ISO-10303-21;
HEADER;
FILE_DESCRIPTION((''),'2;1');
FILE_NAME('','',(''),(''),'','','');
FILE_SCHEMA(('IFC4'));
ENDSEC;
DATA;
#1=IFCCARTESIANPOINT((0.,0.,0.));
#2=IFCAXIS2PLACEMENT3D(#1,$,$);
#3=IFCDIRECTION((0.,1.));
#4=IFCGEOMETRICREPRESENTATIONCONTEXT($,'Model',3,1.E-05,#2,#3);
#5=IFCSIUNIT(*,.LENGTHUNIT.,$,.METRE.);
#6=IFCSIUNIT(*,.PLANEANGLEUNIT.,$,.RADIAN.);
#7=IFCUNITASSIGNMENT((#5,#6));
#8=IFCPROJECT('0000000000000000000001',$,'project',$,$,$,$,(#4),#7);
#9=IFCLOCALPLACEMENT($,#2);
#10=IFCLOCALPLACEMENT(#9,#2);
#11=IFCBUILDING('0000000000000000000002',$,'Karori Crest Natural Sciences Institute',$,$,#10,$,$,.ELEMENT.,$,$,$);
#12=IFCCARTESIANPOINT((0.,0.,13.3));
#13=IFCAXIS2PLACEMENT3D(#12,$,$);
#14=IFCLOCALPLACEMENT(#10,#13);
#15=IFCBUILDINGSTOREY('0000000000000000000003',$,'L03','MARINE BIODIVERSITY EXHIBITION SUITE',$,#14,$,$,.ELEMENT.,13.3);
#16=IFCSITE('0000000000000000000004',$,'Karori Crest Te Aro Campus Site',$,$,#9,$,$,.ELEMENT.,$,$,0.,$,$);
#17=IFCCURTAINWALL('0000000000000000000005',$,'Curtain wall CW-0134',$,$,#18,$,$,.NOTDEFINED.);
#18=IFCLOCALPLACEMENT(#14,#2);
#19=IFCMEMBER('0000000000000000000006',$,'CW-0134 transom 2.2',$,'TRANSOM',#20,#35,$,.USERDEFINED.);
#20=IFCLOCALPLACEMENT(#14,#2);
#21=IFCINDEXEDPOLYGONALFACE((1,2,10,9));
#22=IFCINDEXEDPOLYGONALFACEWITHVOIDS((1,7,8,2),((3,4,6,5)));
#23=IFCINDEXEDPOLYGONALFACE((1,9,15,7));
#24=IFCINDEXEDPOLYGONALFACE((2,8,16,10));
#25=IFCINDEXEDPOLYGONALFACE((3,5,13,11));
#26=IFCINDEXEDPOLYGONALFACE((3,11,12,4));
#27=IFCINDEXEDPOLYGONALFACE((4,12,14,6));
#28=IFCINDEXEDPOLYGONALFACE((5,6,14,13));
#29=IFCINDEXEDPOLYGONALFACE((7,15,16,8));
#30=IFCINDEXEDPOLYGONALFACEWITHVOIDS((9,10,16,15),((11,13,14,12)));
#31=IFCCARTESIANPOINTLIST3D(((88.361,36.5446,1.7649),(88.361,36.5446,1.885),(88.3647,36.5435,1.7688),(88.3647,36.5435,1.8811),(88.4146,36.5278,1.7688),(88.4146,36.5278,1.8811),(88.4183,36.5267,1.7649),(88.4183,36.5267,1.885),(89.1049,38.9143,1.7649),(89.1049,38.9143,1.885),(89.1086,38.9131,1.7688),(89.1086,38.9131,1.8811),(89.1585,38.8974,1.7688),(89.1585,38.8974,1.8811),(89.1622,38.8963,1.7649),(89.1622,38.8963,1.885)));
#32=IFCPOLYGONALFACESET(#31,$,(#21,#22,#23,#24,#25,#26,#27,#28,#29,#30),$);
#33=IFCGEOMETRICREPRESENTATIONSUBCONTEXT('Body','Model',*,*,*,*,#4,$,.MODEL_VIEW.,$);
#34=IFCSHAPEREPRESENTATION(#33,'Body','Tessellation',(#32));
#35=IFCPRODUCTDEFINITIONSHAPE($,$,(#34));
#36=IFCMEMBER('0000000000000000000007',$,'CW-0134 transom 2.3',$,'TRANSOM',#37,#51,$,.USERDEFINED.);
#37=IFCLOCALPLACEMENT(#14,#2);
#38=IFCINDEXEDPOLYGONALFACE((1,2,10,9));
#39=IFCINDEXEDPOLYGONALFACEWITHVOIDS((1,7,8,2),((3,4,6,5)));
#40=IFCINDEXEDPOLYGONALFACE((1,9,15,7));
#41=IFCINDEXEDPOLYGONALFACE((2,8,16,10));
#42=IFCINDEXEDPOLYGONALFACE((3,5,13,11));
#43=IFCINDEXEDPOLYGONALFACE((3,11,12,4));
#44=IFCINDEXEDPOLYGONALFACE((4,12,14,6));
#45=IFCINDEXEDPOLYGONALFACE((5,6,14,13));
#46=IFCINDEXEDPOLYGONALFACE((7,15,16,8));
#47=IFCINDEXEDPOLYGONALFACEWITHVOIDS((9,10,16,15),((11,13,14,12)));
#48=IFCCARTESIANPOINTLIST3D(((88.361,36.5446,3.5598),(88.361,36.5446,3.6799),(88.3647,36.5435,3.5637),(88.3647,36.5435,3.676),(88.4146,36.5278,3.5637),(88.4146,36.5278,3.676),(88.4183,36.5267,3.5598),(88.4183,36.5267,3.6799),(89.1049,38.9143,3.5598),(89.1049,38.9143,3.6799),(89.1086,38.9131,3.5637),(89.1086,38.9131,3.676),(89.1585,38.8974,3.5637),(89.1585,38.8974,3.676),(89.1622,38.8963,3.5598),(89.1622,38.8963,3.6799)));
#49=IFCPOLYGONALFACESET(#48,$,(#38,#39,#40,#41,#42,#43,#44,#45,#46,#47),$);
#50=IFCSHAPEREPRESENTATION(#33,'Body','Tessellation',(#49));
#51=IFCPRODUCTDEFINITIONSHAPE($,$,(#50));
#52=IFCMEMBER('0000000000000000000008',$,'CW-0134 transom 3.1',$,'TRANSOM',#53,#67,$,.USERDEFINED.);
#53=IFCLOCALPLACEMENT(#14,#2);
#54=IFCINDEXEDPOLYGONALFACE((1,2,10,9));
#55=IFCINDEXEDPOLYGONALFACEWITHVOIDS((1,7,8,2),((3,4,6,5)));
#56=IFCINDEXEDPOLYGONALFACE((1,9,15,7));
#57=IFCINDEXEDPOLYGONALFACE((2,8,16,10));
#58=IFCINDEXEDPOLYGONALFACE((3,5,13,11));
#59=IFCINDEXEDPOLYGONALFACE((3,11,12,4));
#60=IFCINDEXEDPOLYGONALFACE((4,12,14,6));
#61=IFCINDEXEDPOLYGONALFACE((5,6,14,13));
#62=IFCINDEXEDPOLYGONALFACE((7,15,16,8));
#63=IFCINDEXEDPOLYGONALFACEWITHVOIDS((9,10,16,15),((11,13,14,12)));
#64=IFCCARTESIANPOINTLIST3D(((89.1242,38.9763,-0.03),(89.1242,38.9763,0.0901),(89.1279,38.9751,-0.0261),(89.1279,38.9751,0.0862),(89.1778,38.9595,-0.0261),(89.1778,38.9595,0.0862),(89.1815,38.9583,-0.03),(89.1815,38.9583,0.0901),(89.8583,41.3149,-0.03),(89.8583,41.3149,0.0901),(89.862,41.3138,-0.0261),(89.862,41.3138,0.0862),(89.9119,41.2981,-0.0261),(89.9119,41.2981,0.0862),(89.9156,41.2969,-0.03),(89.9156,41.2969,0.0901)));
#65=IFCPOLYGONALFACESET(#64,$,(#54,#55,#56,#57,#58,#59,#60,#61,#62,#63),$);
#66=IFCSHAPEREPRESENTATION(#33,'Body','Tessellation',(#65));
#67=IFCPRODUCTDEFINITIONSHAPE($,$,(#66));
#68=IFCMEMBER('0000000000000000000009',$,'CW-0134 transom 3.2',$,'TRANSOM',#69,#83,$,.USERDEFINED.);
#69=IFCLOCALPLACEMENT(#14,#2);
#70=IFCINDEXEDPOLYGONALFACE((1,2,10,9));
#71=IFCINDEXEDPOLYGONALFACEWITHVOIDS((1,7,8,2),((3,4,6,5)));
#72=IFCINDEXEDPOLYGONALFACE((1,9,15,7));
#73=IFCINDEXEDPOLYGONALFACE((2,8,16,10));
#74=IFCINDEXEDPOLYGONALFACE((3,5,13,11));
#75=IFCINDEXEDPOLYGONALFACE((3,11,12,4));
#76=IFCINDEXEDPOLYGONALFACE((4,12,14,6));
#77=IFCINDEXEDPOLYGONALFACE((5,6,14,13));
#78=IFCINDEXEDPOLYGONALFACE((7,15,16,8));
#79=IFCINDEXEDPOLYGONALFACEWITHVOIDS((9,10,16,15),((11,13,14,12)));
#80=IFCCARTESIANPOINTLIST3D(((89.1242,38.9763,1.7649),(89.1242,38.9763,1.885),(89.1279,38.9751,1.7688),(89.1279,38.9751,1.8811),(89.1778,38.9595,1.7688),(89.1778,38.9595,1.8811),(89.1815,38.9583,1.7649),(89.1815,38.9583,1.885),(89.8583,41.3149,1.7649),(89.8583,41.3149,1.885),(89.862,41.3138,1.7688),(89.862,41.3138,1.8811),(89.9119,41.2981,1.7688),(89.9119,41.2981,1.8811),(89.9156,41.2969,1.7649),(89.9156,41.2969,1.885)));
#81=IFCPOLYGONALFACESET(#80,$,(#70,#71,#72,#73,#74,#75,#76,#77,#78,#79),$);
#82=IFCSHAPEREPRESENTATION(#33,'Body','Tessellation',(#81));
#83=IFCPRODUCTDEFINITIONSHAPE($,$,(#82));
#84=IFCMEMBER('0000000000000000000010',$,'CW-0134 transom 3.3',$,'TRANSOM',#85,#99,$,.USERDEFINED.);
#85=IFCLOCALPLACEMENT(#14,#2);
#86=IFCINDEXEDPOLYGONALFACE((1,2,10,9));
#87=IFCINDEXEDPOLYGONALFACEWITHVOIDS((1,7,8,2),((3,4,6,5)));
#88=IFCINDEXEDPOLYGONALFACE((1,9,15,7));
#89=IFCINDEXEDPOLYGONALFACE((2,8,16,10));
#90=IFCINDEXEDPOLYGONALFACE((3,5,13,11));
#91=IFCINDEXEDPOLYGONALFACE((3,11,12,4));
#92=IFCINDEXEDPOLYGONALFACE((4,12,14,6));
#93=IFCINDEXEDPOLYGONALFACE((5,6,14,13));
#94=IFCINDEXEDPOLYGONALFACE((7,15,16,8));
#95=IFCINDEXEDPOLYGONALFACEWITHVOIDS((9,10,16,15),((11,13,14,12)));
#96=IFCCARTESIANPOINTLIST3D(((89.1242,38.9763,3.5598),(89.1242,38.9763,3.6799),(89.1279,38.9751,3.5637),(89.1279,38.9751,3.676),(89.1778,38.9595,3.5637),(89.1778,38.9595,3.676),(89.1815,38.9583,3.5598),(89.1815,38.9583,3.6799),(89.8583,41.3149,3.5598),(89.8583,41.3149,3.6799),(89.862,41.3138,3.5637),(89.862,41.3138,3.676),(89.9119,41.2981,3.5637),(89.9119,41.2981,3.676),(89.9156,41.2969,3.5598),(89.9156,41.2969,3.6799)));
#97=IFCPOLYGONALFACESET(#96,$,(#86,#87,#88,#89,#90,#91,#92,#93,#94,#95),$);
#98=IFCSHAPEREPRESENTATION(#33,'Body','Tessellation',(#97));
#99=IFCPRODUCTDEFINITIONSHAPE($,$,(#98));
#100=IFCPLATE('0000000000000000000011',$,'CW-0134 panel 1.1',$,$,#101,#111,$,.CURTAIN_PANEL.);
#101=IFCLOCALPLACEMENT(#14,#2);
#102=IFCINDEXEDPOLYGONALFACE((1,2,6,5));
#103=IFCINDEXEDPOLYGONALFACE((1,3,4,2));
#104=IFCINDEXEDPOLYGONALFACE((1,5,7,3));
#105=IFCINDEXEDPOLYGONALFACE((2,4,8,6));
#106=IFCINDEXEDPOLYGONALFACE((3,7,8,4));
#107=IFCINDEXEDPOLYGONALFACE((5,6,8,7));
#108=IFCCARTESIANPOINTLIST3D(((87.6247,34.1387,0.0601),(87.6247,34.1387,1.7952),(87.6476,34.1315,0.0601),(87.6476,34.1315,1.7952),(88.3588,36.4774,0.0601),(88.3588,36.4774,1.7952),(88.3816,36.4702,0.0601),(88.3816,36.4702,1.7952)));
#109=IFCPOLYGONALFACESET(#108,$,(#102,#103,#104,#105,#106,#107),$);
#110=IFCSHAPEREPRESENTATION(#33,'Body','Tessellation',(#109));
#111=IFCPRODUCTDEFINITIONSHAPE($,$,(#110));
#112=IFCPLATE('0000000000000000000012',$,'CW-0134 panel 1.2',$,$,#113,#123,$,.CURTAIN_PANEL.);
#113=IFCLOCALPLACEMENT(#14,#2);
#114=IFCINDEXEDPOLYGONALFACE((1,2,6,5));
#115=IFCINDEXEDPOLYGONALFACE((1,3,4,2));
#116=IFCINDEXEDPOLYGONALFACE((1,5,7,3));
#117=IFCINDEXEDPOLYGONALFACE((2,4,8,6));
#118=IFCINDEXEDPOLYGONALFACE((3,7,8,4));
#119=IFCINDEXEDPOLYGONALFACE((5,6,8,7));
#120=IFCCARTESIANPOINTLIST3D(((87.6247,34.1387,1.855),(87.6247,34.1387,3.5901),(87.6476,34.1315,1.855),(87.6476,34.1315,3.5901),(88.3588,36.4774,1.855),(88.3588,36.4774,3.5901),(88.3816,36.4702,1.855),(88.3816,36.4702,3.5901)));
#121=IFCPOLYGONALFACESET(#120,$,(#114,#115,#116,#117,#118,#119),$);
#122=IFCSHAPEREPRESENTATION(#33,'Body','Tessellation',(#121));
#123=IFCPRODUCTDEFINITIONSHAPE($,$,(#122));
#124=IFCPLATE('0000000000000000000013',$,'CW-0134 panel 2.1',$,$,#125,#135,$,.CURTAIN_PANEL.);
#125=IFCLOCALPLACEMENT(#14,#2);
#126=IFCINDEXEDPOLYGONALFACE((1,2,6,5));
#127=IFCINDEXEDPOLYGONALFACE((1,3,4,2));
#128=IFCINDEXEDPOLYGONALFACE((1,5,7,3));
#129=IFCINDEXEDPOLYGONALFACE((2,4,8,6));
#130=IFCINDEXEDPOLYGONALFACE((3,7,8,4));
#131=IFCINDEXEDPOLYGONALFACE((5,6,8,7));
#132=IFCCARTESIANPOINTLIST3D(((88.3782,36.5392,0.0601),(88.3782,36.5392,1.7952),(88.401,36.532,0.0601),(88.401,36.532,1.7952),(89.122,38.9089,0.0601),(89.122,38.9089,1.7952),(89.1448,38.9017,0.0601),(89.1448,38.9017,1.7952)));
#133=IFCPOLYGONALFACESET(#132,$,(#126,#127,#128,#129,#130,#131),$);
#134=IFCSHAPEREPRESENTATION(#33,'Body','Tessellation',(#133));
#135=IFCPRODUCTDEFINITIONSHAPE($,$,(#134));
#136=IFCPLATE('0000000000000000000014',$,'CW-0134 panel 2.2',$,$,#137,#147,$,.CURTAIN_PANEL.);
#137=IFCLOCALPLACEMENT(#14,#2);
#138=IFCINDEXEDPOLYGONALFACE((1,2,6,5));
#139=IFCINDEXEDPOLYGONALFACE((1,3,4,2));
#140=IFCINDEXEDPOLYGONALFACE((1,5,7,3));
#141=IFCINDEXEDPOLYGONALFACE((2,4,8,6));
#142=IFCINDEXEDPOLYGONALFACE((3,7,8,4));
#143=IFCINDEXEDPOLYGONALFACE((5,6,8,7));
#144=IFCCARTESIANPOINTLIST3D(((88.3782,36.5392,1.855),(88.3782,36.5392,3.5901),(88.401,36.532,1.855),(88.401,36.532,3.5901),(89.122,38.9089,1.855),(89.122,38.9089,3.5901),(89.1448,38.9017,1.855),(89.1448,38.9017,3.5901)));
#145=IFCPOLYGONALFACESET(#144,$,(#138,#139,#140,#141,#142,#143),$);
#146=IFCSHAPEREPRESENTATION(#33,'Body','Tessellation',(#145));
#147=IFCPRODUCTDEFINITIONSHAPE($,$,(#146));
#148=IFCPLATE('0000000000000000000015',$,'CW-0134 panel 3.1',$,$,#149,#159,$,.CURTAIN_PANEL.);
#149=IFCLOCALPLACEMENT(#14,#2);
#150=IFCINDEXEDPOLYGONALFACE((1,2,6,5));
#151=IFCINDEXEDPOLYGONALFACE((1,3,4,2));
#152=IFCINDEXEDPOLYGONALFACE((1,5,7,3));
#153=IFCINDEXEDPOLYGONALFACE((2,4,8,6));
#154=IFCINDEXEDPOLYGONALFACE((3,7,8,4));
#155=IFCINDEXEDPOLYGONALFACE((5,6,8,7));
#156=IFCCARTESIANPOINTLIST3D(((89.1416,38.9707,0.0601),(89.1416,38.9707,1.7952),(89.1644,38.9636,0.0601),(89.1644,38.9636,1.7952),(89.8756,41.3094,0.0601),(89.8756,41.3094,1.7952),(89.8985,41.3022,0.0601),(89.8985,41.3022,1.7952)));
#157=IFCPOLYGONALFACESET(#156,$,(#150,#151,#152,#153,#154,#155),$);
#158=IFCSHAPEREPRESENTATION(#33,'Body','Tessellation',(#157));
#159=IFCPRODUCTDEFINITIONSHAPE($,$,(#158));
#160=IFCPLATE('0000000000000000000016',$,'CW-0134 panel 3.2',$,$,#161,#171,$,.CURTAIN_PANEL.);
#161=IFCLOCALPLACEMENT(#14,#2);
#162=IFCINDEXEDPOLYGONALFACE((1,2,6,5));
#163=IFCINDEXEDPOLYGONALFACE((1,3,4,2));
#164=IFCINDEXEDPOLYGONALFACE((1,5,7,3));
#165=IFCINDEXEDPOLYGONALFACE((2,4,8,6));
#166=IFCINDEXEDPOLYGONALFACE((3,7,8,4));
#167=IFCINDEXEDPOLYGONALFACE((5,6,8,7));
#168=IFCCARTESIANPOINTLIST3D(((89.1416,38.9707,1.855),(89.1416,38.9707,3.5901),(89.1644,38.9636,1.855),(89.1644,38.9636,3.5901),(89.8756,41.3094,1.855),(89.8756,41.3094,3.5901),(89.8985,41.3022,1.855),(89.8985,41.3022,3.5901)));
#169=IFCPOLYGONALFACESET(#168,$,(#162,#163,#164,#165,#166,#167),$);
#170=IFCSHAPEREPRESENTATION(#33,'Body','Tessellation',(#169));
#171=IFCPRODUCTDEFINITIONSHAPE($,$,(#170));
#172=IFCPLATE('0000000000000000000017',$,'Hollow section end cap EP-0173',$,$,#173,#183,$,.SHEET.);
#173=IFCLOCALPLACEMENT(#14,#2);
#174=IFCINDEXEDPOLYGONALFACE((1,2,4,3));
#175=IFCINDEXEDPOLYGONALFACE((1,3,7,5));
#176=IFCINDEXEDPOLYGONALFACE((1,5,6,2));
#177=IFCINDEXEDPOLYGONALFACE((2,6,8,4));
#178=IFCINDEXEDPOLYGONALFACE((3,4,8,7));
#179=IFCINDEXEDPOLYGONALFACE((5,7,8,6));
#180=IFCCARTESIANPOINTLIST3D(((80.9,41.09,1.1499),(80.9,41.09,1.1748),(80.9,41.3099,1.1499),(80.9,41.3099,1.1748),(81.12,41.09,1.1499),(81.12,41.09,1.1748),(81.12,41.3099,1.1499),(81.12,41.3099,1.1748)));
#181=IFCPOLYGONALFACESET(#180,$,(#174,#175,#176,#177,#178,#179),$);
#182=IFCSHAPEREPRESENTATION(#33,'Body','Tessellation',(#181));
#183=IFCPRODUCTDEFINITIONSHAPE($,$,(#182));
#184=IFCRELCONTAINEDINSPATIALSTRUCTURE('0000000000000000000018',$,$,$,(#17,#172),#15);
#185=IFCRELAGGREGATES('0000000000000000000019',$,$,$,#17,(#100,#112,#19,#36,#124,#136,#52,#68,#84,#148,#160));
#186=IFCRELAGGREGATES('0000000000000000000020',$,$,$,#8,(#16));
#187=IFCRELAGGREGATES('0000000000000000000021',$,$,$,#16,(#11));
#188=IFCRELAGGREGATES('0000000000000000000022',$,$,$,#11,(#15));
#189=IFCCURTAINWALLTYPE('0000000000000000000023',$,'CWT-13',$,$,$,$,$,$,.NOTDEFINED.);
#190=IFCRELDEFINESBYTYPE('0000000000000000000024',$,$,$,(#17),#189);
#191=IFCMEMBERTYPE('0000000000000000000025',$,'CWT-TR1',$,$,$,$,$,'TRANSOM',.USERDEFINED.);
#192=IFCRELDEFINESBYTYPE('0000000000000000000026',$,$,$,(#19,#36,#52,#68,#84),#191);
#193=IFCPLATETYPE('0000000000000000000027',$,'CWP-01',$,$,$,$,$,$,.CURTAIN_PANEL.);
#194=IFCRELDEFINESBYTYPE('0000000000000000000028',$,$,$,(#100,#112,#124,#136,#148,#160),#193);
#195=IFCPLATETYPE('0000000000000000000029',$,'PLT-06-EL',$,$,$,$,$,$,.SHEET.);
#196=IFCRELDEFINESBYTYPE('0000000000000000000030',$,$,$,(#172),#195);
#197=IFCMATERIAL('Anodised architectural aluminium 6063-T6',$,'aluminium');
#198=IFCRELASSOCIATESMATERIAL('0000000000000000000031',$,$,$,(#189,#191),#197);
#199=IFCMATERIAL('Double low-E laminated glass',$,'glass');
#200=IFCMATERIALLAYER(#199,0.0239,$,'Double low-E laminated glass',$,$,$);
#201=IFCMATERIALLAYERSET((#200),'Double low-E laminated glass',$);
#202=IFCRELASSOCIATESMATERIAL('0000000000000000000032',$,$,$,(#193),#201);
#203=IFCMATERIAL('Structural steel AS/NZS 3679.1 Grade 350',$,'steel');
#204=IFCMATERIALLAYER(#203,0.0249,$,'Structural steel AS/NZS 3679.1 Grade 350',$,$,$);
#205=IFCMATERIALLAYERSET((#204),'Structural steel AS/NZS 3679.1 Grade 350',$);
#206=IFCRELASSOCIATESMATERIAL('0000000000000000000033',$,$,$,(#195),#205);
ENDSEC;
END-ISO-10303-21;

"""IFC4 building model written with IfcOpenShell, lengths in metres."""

from ifc_helpers import new_model, si_unit, direction, frame, origin, origin_2d, place, context, subcontext, project, spatial, rectangle, hollow_rectangle, extrude, material, layer, layer_set, material_profile, profile_set, type_object, element, aggregate, save


model = new_model("IFC4")

# Units and contexts
model_context = context("Model", 3, precision=1e-05, world=origin(), true_north=direction((0.0, 1.0)))
body_context = subcontext(model_context, "Body", "Model", "MODEL_VIEW")
ifc_project = project(units=[si_unit("LENGTHUNIT", "METRE"), si_unit("PLANEANGLEUNIT", "RADIAN")], contexts=[model_context])

# Site, building, storey
site_placement = place(None, origin())
site = spatial("IfcSite", under=ifc_project, at=site_placement, Name="Karori Crest Te Aro Campus Site", CompositionType="ELEMENT", RefElevation=0.0)
building_placement = place(site_placement, origin())
building = spatial("IfcBuilding", under=site, at=building_placement, Name="Karori Crest Natural Sciences Institute", CompositionType="ELEMENT")
storey_placement = place(building_placement, frame((0.0, 0.0, 13.3)))
storey = spatial("IfcBuildingStorey", under=building, at=storey_placement, Name="L03", Description="MARINE BIODIVERSITY EXHIBITION SUITE", CompositionType="ELEMENT", Elevation=13.3)

# Shared definitions
ifc_material_1 = material(Name="Structural steel AS/NZS 3679.1 Grade 350", Category="steel")

# Curtain wall, members, plates
ifc_material_2 = material(Name="Anodised architectural aluminium 6063-T6", Category="aluminium")
curtain_wall_type = type_object("IfcCurtainWallType", Name="CWT-13", PredefinedType="NOTDEFINED", material=ifc_material_2)
curtain_wall_placement = place(storey_placement, origin())
curtain_wall = element("IfcCurtainWall", 1, at=curtain_wall_placement, inside=storey, type_object=curtain_wall_type, Name="Curtain wall CW-0134", PredefinedType="NOTDEFINED")
ifc_material_profile_1 = material_profile(ifc_material_2, hollow_rectangle(XDim=0.0601, YDim=0.1201, WallThickness=0.0039, at=origin_2d()), Name="CWT120x60x4")
ifc_profile_set_1 = profile_set([ifc_material_profile_1], Name="Anodised architectural aluminium 6063-T6")
member_type_1 = type_object("IfcMemberType", Name="CWT-TR1", ElementType="TRANSOM", PredefinedType="USERDEFINED", material=ifc_profile_set_1)
member_1_placement = place(storey_placement, frame((88.3896, 36.5356, 1.825), z_axis=(0.299517, 0.954091, 0.0), x_axis=(-0.954091, 0.299517, 0.0)))
member_1 = element("IfcMember", 2, at=member_1_placement, type_object=member_type_1, Name="CW-0134 transom 2.2", ObjectType="TRANSOM", PredefinedType="USERDEFINED", context=body_context, shape_type="SweptSolid", body=[
    extrude(hollow_rectangle(XDim=0.0601, YDim=0.1201, WallThickness=0.0039, at=origin_2d()), origin(), (0.0, 0.0, 1.0), 2.4836),
])
member_2_placement = place(storey_placement, frame((88.3896, 36.5356, 3.6199), z_axis=(0.299517, 0.954091, 0.0), x_axis=(-0.954091, 0.299517, 0.0)))
member_2 = element("IfcMember", 3, at=member_2_placement, type_object=member_type_1, Name="CW-0134 transom 2.3", ObjectType="TRANSOM", PredefinedType="USERDEFINED", context=body_context, shape_type="SweptSolid", body=[
    extrude(hollow_rectangle(XDim=0.0601, YDim=0.1201, WallThickness=0.0039, at=origin_2d()), origin(), (0.0, 0.0, 1.0), 2.4836),
])
member_3_placement = place(storey_placement, frame((89.1528, 38.9673, 0.03), z_axis=(0.299505, 0.954095, 0.0), x_axis=(-0.954095, 0.299505, 0.0)))
member_3 = element("IfcMember", 4, at=member_3_placement, type_object=member_type_1, Name="CW-0134 transom 3.1", ObjectType="TRANSOM", PredefinedType="USERDEFINED", context=body_context, shape_type="SweptSolid", body=[
    extrude(hollow_rectangle(XDim=0.0601, YDim=0.1201, WallThickness=0.0039, at=origin_2d()), origin(), (0.0, 0.0, 1.0), 2.4512),
])
member_4_placement = place(storey_placement, frame((89.1528, 38.9673, 1.825), z_axis=(0.299505, 0.954095, 0.0), x_axis=(-0.954095, 0.299505, 0.0)))
member_4 = element("IfcMember", 5, at=member_4_placement, type_object=member_type_1, Name="CW-0134 transom 3.2", ObjectType="TRANSOM", PredefinedType="USERDEFINED", context=body_context, shape_type="SweptSolid", body=[
    extrude(hollow_rectangle(XDim=0.0601, YDim=0.1201, WallThickness=0.0039, at=origin_2d()), origin(), (0.0, 0.0, 1.0), 2.4512),
])
member_5_placement = place(storey_placement, frame((89.1528, 38.9673, 3.6199), z_axis=(0.299505, 0.954095, 0.0), x_axis=(-0.954095, 0.299505, 0.0)))
member_5 = element("IfcMember", 6, at=member_5_placement, type_object=member_type_1, Name="CW-0134 transom 3.3", ObjectType="TRANSOM", PredefinedType="USERDEFINED", context=body_context, shape_type="SweptSolid", body=[
    extrude(hollow_rectangle(XDim=0.0601, YDim=0.1201, WallThickness=0.0039, at=origin_2d()), origin(), (0.0, 0.0, 1.0), 2.4512),
])
ifc_material_3 = material(Name="Double low-E laminated glass", Category="glass")
ifc_layer_1 = layer(ifc_material_3, 0.0239, Name="Double low-E laminated glass")
ifc_layer_set_1 = layer_set([ifc_layer_1], Name="Double low-E laminated glass")
plate_type_1 = type_object("IfcPlateType", Name="CWP-01", PredefinedType="CURTAIN_PANEL", material=ifc_layer_set_1)
plate_1_placement = place(storey_placement, frame((88.0032, 35.3044, 0.0601), z_axis=(0.0, 0.0, 1.0), x_axis=(0.299475, 0.954104, 0.0)))
plate_1 = element("IfcPlate", 7, at=plate_1_placement, type_object=plate_type_1, Name="CW-0134 panel 1.1", PredefinedType="CURTAIN_PANEL", context=body_context, shape_type="SweptSolid", body=[
    extrude(rectangle(XDim=2.4512, YDim=0.0239, at=origin_2d()), origin(), (0.0, 0.0, 1.0), 1.7351),
])
plate_2_placement = place(storey_placement, frame((88.0032, 35.3044, 1.855), z_axis=(0.0, 0.0, 1.0), x_axis=(0.299475, 0.954104, 0.0)))
plate_2 = element("IfcPlate", 8, at=plate_2_placement, type_object=plate_type_1, Name="CW-0134 panel 1.2", PredefinedType="CURTAIN_PANEL", context=body_context, shape_type="SweptSolid", body=[
    extrude(rectangle(XDim=2.4512, YDim=0.0239, at=origin_2d()), origin(), (0.0, 0.0, 1.0), 1.7351),
])
plate_3_placement = place(storey_placement, frame((88.7615, 37.7205, 0.0601), z_axis=(0.0, 0.0, 1.0), x_axis=(0.299475, 0.954104, 0.0)))
plate_3 = element("IfcPlate", 9, at=plate_3_placement, type_object=plate_type_1, Name="CW-0134 panel 2.1", PredefinedType="CURTAIN_PANEL", context=body_context, shape_type="SweptSolid", body=[
    extrude(rectangle(XDim=2.4836, YDim=0.0239, at=origin_2d()), origin(), (0.0, 0.0, 1.0), 1.7351),
])
plate_4_placement = place(storey_placement, frame((88.7615, 37.7205, 1.855), z_axis=(0.0, 0.0, 1.0), x_axis=(0.299475, 0.954104, 0.0)))
plate_4 = element("IfcPlate", 10, at=plate_4_placement, type_object=plate_type_1, Name="CW-0134 panel 2.2", PredefinedType="CURTAIN_PANEL", context=body_context, shape_type="SweptSolid", body=[
    extrude(rectangle(XDim=2.4836, YDim=0.0239, at=origin_2d()), origin(), (0.0, 0.0, 1.0), 1.7351),
])
plate_5_placement = place(storey_placement, frame((89.52, 40.1365, 0.0601), z_axis=(0.0, 0.0, 1.0), x_axis=(0.299475, 0.954104, 0.0)))
plate_5 = element("IfcPlate", 11, at=plate_5_placement, type_object=plate_type_1, Name="CW-0134 panel 3.1", PredefinedType="CURTAIN_PANEL", context=body_context, shape_type="SweptSolid", body=[
    extrude(rectangle(XDim=2.4512, YDim=0.0239, at=origin_2d()), origin(), (0.0, 0.0, 1.0), 1.7351),
])
plate_6_placement = place(storey_placement, frame((89.52, 40.1365, 1.855), z_axis=(0.0, 0.0, 1.0), x_axis=(0.299475, 0.954104, 0.0)))
plate_6 = element("IfcPlate", 12, at=plate_6_placement, type_object=plate_type_1, Name="CW-0134 panel 3.2", PredefinedType="CURTAIN_PANEL", context=body_context, shape_type="SweptSolid", body=[
    extrude(rectangle(XDim=2.4512, YDim=0.0239, at=origin_2d()), origin(), (0.0, 0.0, 1.0), 1.7351),
])
aggregate(curtain_wall, [plate_1, plate_2, member_1, member_2, plate_3, plate_4, member_3, member_4, member_5, plate_5, plate_6])

# Plate
ifc_layer_2 = layer(ifc_material_1, 0.0249, Name="Structural steel AS/NZS 3679.1 Grade 350")
ifc_layer_set_2 = layer_set([ifc_layer_2], Name="Structural steel AS/NZS 3679.1 Grade 350")
plate_type_2 = type_object("IfcPlateType", Name="PLT-06-EL", PredefinedType="SHEET", material=ifc_layer_set_2)
plate_7_placement = place(storey_placement, frame((81.01, 41.2, 1.1499), z_axis=(0.0, 0.0, 1.0), x_axis=(1.0, 0.0, 0.0)))
element("IfcPlate", 13, at=plate_7_placement, inside=storey, type_object=plate_type_2, Name="Hollow section end cap EP-0173", PredefinedType="SHEET", context=body_context, shape_type="SweptSolid", body=[
    extrude(rectangle(XDim=0.22, YDim=0.22, at=origin_2d()), origin(), (0.0, 0.0, 1.0), 0.0249),
])

save(model, "model.ifc")
